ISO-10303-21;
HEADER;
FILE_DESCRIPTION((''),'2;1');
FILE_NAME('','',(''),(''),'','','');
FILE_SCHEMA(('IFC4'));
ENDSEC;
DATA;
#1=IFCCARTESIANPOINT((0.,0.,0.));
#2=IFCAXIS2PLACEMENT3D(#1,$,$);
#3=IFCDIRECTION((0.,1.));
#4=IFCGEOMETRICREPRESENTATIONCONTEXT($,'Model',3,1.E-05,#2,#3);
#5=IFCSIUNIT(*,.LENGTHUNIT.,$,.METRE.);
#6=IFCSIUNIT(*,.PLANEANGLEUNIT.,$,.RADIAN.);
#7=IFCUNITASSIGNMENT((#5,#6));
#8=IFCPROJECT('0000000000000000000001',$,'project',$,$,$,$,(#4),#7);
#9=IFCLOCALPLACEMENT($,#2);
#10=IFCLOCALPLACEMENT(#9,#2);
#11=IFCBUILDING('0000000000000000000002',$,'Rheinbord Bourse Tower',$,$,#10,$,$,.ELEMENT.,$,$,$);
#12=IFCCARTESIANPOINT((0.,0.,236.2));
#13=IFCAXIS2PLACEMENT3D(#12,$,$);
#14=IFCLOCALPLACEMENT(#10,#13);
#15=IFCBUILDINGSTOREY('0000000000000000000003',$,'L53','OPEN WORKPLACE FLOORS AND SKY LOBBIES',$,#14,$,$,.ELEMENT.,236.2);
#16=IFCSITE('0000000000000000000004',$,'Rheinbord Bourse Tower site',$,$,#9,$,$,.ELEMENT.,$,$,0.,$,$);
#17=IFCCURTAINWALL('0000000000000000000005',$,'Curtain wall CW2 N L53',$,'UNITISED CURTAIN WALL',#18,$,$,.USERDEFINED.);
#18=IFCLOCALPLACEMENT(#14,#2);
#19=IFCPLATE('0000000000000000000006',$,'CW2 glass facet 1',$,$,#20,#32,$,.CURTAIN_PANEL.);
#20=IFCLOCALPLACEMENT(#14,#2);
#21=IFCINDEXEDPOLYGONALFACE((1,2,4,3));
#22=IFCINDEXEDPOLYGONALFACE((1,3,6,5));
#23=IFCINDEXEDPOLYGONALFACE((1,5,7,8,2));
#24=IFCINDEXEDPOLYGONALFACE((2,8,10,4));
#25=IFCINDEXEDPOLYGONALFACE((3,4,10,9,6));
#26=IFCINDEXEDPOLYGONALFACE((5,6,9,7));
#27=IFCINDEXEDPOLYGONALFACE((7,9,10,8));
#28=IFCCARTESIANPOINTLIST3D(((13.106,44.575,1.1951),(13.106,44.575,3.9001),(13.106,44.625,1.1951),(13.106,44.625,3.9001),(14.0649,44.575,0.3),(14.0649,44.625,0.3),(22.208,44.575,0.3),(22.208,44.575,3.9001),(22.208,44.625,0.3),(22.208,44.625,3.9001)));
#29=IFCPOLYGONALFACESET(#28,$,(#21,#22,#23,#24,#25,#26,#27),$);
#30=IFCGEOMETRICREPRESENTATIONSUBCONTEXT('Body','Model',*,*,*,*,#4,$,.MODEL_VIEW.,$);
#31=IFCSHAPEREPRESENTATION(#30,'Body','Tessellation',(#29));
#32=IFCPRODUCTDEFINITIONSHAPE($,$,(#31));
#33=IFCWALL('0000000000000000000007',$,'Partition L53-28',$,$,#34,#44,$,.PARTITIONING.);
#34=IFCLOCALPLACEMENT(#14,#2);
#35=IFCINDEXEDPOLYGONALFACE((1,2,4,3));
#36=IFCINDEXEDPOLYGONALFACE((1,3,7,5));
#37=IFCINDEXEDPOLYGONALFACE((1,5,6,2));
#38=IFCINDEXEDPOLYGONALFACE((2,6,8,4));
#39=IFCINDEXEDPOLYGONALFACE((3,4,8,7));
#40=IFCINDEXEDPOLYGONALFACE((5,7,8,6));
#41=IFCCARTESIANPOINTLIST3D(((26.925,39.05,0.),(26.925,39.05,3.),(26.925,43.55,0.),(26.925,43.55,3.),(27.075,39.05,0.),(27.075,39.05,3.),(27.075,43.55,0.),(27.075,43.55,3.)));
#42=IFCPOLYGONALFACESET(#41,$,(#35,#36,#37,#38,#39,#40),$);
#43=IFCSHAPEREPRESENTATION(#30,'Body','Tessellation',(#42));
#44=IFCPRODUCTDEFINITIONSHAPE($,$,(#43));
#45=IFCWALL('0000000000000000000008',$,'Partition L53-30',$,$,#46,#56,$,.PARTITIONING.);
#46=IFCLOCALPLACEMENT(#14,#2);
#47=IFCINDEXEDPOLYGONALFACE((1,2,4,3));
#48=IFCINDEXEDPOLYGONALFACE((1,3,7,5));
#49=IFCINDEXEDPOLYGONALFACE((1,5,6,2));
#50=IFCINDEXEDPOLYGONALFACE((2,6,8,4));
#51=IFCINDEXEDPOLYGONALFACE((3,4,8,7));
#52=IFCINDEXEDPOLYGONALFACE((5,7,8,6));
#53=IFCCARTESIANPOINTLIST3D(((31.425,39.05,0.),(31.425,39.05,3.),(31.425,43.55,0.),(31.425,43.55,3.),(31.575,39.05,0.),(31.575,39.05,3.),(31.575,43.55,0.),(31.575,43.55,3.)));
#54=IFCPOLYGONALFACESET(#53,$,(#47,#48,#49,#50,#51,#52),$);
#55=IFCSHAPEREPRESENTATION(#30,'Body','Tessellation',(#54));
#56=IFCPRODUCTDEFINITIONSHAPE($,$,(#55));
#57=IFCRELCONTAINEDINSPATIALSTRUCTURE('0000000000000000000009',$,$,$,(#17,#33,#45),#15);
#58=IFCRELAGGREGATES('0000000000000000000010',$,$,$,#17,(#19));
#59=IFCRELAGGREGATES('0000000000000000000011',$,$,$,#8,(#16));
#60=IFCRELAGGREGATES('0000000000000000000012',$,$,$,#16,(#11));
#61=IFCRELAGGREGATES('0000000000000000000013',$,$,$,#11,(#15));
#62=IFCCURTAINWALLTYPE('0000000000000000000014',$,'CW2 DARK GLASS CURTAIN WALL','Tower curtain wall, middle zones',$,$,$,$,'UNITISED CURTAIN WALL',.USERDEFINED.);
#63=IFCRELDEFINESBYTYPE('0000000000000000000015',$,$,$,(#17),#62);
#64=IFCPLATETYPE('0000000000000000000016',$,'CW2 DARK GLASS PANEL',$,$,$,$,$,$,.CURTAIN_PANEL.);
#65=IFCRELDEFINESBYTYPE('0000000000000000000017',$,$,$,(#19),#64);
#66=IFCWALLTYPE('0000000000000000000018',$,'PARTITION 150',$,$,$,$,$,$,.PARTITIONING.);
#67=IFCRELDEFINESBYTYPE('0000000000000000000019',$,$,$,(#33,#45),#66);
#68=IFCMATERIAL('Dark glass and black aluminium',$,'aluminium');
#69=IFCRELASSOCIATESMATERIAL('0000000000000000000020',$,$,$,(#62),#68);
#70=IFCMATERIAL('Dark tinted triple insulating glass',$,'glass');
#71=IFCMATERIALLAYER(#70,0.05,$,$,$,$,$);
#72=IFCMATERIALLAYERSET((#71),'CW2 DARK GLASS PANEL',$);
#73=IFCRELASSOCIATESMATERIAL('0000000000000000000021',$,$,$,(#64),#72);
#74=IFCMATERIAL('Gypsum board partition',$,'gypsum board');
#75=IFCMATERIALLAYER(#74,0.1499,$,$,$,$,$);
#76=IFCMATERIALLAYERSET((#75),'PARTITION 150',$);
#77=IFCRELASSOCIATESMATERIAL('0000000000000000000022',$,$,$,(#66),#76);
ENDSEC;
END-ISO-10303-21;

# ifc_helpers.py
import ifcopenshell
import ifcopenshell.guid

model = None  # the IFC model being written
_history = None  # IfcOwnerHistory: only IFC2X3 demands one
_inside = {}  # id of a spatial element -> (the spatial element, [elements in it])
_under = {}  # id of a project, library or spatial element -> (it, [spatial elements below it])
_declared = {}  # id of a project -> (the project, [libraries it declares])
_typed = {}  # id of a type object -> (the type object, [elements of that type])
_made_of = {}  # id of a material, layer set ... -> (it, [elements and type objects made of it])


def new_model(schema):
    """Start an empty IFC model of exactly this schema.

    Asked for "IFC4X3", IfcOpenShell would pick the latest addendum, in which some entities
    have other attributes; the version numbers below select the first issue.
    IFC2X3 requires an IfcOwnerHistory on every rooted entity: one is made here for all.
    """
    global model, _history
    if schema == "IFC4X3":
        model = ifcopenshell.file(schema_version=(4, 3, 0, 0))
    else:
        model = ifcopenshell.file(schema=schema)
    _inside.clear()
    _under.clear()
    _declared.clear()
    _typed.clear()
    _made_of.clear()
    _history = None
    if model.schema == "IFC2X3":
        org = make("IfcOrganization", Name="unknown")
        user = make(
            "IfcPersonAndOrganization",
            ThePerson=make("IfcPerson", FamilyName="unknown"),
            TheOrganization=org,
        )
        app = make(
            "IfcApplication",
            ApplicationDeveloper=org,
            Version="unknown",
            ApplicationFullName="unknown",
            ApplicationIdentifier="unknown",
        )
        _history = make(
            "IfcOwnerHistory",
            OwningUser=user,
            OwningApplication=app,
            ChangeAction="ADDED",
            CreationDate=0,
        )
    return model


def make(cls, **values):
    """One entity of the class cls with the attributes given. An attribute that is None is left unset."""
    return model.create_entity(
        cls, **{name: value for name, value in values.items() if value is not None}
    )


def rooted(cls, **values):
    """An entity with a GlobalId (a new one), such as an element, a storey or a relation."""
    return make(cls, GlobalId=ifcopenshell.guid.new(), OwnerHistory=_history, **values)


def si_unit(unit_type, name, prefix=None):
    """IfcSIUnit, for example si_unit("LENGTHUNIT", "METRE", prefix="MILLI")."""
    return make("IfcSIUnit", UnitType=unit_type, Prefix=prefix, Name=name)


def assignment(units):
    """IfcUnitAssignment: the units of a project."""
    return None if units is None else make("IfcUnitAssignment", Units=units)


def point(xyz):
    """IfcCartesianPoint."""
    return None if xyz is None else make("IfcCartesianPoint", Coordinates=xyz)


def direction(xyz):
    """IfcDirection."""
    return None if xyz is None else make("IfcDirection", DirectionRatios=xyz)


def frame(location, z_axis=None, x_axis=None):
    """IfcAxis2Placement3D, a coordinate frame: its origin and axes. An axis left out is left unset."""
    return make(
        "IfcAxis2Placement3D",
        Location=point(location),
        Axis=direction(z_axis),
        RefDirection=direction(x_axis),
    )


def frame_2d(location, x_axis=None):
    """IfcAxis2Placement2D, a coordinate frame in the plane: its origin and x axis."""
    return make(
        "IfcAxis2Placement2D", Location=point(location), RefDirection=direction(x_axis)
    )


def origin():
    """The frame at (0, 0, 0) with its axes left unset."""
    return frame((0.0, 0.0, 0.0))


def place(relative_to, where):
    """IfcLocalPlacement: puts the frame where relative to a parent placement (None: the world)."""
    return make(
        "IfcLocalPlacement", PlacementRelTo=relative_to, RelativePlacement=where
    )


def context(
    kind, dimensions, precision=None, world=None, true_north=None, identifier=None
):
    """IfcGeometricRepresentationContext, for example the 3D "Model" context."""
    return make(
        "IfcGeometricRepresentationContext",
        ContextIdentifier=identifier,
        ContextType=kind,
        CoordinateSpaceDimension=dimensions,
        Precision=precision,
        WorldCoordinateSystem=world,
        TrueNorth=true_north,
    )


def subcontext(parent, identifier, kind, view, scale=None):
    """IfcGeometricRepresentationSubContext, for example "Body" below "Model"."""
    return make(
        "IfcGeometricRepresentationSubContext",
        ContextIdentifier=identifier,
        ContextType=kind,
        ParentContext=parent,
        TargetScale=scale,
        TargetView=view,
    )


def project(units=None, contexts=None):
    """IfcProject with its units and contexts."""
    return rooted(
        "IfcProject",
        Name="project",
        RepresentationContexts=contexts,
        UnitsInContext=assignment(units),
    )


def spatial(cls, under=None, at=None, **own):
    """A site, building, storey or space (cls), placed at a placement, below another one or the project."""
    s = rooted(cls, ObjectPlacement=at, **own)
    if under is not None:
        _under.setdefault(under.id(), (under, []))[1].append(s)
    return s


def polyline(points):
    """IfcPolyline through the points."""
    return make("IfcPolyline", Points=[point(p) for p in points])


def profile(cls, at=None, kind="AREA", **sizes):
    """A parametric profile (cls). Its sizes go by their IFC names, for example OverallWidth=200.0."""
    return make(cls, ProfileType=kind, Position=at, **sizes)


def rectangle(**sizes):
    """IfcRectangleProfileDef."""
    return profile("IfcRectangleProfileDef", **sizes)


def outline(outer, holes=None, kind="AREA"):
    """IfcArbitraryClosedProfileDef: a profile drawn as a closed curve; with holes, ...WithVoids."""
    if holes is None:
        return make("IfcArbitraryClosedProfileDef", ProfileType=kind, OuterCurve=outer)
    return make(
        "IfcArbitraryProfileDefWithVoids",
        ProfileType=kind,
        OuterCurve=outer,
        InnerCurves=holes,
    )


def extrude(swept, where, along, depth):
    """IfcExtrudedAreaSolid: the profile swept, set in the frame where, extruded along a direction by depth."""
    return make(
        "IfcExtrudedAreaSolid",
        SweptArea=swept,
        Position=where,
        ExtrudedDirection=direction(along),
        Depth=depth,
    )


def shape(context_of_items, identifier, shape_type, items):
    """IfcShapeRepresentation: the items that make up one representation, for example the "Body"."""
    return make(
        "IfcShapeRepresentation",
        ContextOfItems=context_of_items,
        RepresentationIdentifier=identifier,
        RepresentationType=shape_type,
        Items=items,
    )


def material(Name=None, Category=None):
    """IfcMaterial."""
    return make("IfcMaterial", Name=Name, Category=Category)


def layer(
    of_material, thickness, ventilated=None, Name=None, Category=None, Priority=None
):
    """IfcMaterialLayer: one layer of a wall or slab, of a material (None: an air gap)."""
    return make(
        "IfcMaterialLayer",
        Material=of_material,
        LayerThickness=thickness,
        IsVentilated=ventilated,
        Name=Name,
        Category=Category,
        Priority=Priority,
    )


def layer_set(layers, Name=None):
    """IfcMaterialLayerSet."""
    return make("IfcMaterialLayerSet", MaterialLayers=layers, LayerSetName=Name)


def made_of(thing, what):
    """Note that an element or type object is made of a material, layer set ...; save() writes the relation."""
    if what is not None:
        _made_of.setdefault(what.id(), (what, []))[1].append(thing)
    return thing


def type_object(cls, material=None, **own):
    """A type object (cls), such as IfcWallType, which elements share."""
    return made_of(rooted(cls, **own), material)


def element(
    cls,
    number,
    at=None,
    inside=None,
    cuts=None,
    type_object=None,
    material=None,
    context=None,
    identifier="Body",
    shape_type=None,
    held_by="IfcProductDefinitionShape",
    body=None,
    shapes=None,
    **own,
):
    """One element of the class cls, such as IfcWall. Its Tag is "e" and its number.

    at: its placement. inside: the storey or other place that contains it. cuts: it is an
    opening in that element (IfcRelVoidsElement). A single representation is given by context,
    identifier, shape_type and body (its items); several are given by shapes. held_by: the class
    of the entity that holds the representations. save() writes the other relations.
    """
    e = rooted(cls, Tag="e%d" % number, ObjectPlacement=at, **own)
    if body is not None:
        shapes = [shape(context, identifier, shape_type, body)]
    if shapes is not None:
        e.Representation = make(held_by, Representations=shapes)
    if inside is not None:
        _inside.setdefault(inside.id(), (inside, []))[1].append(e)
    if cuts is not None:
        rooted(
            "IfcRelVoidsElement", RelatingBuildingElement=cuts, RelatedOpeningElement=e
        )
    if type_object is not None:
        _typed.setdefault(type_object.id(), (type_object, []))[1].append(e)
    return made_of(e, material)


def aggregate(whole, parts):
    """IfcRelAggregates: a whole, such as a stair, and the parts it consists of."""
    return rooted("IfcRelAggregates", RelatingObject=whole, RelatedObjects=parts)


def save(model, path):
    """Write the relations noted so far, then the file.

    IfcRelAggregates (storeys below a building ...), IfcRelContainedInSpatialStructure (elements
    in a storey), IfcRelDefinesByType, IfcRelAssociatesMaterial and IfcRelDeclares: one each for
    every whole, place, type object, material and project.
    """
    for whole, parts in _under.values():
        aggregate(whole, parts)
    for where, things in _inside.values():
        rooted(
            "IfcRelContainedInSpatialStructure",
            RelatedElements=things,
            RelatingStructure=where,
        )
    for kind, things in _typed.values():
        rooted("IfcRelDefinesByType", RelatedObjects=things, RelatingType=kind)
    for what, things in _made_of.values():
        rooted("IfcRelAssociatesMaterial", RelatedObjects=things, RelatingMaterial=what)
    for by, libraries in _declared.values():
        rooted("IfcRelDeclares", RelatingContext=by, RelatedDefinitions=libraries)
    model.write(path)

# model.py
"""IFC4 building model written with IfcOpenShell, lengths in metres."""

from ifc_helpers import new_model, si_unit, direction, frame, frame_2d, origin, place, context, subcontext, project, spatial, polyline, rectangle, outline, extrude, material, layer, layer_set, type_object, element, aggregate, save


model = new_model("IFC4")

# Units and contexts
model_context = context("Model", 3, precision=1e-05, world=origin(), true_north=direction((0.0, 1.0)))
body_context = subcontext(model_context, "Body", "Model", "MODEL_VIEW")
ifc_project = project(units=[si_unit("LENGTHUNIT", "METRE"), si_unit("PLANEANGLEUNIT", "RADIAN")], contexts=[model_context])

# Site, building, storey
site_placement = place(None, origin())
site = spatial("IfcSite", under=ifc_project, at=site_placement, Name="Rheinbord Bourse Tower site", CompositionType="ELEMENT", RefElevation=0.0)
building_placement = place(site_placement, origin())
building = spatial("IfcBuilding", under=site, at=building_placement, Name="Rheinbord Bourse Tower", CompositionType="ELEMENT")
storey_placement = place(building_placement, frame((0.0, 0.0, 236.2)))
storey = spatial("IfcBuildingStorey", under=building, at=storey_placement, Name="L53", Description="OPEN WORKPLACE FLOORS AND SKY LOBBIES", CompositionType="ELEMENT", Elevation=236.2)

# Curtain wall
ifc_material_1 = material(Name="Dark glass and black aluminium", Category="aluminium")
curtain_wall_type = type_object("IfcCurtainWallType", Name="CW2 DARK GLASS CURTAIN WALL", Description="Tower curtain wall, middle zones", ElementType="UNITISED CURTAIN WALL", PredefinedType="USERDEFINED", material=ifc_material_1)
curtain_wall_placement = place(storey_placement, origin())
curtain_wall = element("IfcCurtainWall", 1, at=curtain_wall_placement, inside=storey, type_object=curtain_wall_type, Name="Curtain wall CW2 N L53", ObjectType="UNITISED CURTAIN WALL", PredefinedType="USERDEFINED")

# Plate
ifc_material_2 = material(Name="Dark tinted triple insulating glass", Category="glass")
ifc_layer_1 = layer(ifc_material_2, 0.05)
ifc_layer_set_1 = layer_set([ifc_layer_1], Name="CW2 DARK GLASS PANEL")
plate_type = type_object("IfcPlateType", Name="CW2 DARK GLASS PANEL", PredefinedType="CURTAIN_PANEL", material=ifc_layer_set_1)
plate_1_placement = place(storey_placement, frame((22.208, 44.625, 0.3), z_axis=(0.0, -1.0, 0.0), x_axis=(0.0, 0.0, 1.0)))
plate_1 = element("IfcPlate", 2, at=plate_1_placement, type_object=plate_type, Name="CW2 glass facet 1", PredefinedType="CURTAIN_PANEL", context=body_context, shape_type="SweptSolid", body=[
    extrude(outline(polyline([(0.0, 0.0), (3.6001, 0.0), (3.6001, 9.1021), (0.895, 9.1021), (0.0, 8.1431), (0.0, 0.0)])), origin(), (0.0, 0.0, 1.0), 0.05),
])
aggregate(curtain_wall, [plate_1])

# Walls
ifc_material_3 = material(Name="Gypsum board partition", Category="gypsum board")
ifc_layer_2 = layer(ifc_material_3, 0.1499)
ifc_layer_set_2 = layer_set([ifc_layer_2], Name="PARTITION 150")
wall_type = type_object("IfcWallType", Name="PARTITION 150", PredefinedType="PARTITIONING", material=ifc_layer_set_2)
for number, where, z_axis, x_axis, name in (
    (3, (27.0, 39.05, 0.0), (0.0, 0.0, 1.0), (0.0, 1.0, 0.0), "Partition L53-28"),
    (4, (31.5, 39.05, 0.0), (0.0, 0.0, 1.0), (0.0, 1.0, 0.0), "Partition L53-30"),
):
    element("IfcWall", number, at=place(storey_placement, frame(where, z_axis=z_axis, x_axis=x_axis)), inside=storey, type_object=wall_type, Name=name, PredefinedType="PARTITIONING", context=body_context, shape_type="SweptSolid", body=[
        extrude(rectangle(XDim=4.5, YDim=0.1499, at=frame_2d((2.25, 0.0))), origin(), (0.0, 0.0, 1.0), 3.0),
    ])

save(model, "model.ifc")
